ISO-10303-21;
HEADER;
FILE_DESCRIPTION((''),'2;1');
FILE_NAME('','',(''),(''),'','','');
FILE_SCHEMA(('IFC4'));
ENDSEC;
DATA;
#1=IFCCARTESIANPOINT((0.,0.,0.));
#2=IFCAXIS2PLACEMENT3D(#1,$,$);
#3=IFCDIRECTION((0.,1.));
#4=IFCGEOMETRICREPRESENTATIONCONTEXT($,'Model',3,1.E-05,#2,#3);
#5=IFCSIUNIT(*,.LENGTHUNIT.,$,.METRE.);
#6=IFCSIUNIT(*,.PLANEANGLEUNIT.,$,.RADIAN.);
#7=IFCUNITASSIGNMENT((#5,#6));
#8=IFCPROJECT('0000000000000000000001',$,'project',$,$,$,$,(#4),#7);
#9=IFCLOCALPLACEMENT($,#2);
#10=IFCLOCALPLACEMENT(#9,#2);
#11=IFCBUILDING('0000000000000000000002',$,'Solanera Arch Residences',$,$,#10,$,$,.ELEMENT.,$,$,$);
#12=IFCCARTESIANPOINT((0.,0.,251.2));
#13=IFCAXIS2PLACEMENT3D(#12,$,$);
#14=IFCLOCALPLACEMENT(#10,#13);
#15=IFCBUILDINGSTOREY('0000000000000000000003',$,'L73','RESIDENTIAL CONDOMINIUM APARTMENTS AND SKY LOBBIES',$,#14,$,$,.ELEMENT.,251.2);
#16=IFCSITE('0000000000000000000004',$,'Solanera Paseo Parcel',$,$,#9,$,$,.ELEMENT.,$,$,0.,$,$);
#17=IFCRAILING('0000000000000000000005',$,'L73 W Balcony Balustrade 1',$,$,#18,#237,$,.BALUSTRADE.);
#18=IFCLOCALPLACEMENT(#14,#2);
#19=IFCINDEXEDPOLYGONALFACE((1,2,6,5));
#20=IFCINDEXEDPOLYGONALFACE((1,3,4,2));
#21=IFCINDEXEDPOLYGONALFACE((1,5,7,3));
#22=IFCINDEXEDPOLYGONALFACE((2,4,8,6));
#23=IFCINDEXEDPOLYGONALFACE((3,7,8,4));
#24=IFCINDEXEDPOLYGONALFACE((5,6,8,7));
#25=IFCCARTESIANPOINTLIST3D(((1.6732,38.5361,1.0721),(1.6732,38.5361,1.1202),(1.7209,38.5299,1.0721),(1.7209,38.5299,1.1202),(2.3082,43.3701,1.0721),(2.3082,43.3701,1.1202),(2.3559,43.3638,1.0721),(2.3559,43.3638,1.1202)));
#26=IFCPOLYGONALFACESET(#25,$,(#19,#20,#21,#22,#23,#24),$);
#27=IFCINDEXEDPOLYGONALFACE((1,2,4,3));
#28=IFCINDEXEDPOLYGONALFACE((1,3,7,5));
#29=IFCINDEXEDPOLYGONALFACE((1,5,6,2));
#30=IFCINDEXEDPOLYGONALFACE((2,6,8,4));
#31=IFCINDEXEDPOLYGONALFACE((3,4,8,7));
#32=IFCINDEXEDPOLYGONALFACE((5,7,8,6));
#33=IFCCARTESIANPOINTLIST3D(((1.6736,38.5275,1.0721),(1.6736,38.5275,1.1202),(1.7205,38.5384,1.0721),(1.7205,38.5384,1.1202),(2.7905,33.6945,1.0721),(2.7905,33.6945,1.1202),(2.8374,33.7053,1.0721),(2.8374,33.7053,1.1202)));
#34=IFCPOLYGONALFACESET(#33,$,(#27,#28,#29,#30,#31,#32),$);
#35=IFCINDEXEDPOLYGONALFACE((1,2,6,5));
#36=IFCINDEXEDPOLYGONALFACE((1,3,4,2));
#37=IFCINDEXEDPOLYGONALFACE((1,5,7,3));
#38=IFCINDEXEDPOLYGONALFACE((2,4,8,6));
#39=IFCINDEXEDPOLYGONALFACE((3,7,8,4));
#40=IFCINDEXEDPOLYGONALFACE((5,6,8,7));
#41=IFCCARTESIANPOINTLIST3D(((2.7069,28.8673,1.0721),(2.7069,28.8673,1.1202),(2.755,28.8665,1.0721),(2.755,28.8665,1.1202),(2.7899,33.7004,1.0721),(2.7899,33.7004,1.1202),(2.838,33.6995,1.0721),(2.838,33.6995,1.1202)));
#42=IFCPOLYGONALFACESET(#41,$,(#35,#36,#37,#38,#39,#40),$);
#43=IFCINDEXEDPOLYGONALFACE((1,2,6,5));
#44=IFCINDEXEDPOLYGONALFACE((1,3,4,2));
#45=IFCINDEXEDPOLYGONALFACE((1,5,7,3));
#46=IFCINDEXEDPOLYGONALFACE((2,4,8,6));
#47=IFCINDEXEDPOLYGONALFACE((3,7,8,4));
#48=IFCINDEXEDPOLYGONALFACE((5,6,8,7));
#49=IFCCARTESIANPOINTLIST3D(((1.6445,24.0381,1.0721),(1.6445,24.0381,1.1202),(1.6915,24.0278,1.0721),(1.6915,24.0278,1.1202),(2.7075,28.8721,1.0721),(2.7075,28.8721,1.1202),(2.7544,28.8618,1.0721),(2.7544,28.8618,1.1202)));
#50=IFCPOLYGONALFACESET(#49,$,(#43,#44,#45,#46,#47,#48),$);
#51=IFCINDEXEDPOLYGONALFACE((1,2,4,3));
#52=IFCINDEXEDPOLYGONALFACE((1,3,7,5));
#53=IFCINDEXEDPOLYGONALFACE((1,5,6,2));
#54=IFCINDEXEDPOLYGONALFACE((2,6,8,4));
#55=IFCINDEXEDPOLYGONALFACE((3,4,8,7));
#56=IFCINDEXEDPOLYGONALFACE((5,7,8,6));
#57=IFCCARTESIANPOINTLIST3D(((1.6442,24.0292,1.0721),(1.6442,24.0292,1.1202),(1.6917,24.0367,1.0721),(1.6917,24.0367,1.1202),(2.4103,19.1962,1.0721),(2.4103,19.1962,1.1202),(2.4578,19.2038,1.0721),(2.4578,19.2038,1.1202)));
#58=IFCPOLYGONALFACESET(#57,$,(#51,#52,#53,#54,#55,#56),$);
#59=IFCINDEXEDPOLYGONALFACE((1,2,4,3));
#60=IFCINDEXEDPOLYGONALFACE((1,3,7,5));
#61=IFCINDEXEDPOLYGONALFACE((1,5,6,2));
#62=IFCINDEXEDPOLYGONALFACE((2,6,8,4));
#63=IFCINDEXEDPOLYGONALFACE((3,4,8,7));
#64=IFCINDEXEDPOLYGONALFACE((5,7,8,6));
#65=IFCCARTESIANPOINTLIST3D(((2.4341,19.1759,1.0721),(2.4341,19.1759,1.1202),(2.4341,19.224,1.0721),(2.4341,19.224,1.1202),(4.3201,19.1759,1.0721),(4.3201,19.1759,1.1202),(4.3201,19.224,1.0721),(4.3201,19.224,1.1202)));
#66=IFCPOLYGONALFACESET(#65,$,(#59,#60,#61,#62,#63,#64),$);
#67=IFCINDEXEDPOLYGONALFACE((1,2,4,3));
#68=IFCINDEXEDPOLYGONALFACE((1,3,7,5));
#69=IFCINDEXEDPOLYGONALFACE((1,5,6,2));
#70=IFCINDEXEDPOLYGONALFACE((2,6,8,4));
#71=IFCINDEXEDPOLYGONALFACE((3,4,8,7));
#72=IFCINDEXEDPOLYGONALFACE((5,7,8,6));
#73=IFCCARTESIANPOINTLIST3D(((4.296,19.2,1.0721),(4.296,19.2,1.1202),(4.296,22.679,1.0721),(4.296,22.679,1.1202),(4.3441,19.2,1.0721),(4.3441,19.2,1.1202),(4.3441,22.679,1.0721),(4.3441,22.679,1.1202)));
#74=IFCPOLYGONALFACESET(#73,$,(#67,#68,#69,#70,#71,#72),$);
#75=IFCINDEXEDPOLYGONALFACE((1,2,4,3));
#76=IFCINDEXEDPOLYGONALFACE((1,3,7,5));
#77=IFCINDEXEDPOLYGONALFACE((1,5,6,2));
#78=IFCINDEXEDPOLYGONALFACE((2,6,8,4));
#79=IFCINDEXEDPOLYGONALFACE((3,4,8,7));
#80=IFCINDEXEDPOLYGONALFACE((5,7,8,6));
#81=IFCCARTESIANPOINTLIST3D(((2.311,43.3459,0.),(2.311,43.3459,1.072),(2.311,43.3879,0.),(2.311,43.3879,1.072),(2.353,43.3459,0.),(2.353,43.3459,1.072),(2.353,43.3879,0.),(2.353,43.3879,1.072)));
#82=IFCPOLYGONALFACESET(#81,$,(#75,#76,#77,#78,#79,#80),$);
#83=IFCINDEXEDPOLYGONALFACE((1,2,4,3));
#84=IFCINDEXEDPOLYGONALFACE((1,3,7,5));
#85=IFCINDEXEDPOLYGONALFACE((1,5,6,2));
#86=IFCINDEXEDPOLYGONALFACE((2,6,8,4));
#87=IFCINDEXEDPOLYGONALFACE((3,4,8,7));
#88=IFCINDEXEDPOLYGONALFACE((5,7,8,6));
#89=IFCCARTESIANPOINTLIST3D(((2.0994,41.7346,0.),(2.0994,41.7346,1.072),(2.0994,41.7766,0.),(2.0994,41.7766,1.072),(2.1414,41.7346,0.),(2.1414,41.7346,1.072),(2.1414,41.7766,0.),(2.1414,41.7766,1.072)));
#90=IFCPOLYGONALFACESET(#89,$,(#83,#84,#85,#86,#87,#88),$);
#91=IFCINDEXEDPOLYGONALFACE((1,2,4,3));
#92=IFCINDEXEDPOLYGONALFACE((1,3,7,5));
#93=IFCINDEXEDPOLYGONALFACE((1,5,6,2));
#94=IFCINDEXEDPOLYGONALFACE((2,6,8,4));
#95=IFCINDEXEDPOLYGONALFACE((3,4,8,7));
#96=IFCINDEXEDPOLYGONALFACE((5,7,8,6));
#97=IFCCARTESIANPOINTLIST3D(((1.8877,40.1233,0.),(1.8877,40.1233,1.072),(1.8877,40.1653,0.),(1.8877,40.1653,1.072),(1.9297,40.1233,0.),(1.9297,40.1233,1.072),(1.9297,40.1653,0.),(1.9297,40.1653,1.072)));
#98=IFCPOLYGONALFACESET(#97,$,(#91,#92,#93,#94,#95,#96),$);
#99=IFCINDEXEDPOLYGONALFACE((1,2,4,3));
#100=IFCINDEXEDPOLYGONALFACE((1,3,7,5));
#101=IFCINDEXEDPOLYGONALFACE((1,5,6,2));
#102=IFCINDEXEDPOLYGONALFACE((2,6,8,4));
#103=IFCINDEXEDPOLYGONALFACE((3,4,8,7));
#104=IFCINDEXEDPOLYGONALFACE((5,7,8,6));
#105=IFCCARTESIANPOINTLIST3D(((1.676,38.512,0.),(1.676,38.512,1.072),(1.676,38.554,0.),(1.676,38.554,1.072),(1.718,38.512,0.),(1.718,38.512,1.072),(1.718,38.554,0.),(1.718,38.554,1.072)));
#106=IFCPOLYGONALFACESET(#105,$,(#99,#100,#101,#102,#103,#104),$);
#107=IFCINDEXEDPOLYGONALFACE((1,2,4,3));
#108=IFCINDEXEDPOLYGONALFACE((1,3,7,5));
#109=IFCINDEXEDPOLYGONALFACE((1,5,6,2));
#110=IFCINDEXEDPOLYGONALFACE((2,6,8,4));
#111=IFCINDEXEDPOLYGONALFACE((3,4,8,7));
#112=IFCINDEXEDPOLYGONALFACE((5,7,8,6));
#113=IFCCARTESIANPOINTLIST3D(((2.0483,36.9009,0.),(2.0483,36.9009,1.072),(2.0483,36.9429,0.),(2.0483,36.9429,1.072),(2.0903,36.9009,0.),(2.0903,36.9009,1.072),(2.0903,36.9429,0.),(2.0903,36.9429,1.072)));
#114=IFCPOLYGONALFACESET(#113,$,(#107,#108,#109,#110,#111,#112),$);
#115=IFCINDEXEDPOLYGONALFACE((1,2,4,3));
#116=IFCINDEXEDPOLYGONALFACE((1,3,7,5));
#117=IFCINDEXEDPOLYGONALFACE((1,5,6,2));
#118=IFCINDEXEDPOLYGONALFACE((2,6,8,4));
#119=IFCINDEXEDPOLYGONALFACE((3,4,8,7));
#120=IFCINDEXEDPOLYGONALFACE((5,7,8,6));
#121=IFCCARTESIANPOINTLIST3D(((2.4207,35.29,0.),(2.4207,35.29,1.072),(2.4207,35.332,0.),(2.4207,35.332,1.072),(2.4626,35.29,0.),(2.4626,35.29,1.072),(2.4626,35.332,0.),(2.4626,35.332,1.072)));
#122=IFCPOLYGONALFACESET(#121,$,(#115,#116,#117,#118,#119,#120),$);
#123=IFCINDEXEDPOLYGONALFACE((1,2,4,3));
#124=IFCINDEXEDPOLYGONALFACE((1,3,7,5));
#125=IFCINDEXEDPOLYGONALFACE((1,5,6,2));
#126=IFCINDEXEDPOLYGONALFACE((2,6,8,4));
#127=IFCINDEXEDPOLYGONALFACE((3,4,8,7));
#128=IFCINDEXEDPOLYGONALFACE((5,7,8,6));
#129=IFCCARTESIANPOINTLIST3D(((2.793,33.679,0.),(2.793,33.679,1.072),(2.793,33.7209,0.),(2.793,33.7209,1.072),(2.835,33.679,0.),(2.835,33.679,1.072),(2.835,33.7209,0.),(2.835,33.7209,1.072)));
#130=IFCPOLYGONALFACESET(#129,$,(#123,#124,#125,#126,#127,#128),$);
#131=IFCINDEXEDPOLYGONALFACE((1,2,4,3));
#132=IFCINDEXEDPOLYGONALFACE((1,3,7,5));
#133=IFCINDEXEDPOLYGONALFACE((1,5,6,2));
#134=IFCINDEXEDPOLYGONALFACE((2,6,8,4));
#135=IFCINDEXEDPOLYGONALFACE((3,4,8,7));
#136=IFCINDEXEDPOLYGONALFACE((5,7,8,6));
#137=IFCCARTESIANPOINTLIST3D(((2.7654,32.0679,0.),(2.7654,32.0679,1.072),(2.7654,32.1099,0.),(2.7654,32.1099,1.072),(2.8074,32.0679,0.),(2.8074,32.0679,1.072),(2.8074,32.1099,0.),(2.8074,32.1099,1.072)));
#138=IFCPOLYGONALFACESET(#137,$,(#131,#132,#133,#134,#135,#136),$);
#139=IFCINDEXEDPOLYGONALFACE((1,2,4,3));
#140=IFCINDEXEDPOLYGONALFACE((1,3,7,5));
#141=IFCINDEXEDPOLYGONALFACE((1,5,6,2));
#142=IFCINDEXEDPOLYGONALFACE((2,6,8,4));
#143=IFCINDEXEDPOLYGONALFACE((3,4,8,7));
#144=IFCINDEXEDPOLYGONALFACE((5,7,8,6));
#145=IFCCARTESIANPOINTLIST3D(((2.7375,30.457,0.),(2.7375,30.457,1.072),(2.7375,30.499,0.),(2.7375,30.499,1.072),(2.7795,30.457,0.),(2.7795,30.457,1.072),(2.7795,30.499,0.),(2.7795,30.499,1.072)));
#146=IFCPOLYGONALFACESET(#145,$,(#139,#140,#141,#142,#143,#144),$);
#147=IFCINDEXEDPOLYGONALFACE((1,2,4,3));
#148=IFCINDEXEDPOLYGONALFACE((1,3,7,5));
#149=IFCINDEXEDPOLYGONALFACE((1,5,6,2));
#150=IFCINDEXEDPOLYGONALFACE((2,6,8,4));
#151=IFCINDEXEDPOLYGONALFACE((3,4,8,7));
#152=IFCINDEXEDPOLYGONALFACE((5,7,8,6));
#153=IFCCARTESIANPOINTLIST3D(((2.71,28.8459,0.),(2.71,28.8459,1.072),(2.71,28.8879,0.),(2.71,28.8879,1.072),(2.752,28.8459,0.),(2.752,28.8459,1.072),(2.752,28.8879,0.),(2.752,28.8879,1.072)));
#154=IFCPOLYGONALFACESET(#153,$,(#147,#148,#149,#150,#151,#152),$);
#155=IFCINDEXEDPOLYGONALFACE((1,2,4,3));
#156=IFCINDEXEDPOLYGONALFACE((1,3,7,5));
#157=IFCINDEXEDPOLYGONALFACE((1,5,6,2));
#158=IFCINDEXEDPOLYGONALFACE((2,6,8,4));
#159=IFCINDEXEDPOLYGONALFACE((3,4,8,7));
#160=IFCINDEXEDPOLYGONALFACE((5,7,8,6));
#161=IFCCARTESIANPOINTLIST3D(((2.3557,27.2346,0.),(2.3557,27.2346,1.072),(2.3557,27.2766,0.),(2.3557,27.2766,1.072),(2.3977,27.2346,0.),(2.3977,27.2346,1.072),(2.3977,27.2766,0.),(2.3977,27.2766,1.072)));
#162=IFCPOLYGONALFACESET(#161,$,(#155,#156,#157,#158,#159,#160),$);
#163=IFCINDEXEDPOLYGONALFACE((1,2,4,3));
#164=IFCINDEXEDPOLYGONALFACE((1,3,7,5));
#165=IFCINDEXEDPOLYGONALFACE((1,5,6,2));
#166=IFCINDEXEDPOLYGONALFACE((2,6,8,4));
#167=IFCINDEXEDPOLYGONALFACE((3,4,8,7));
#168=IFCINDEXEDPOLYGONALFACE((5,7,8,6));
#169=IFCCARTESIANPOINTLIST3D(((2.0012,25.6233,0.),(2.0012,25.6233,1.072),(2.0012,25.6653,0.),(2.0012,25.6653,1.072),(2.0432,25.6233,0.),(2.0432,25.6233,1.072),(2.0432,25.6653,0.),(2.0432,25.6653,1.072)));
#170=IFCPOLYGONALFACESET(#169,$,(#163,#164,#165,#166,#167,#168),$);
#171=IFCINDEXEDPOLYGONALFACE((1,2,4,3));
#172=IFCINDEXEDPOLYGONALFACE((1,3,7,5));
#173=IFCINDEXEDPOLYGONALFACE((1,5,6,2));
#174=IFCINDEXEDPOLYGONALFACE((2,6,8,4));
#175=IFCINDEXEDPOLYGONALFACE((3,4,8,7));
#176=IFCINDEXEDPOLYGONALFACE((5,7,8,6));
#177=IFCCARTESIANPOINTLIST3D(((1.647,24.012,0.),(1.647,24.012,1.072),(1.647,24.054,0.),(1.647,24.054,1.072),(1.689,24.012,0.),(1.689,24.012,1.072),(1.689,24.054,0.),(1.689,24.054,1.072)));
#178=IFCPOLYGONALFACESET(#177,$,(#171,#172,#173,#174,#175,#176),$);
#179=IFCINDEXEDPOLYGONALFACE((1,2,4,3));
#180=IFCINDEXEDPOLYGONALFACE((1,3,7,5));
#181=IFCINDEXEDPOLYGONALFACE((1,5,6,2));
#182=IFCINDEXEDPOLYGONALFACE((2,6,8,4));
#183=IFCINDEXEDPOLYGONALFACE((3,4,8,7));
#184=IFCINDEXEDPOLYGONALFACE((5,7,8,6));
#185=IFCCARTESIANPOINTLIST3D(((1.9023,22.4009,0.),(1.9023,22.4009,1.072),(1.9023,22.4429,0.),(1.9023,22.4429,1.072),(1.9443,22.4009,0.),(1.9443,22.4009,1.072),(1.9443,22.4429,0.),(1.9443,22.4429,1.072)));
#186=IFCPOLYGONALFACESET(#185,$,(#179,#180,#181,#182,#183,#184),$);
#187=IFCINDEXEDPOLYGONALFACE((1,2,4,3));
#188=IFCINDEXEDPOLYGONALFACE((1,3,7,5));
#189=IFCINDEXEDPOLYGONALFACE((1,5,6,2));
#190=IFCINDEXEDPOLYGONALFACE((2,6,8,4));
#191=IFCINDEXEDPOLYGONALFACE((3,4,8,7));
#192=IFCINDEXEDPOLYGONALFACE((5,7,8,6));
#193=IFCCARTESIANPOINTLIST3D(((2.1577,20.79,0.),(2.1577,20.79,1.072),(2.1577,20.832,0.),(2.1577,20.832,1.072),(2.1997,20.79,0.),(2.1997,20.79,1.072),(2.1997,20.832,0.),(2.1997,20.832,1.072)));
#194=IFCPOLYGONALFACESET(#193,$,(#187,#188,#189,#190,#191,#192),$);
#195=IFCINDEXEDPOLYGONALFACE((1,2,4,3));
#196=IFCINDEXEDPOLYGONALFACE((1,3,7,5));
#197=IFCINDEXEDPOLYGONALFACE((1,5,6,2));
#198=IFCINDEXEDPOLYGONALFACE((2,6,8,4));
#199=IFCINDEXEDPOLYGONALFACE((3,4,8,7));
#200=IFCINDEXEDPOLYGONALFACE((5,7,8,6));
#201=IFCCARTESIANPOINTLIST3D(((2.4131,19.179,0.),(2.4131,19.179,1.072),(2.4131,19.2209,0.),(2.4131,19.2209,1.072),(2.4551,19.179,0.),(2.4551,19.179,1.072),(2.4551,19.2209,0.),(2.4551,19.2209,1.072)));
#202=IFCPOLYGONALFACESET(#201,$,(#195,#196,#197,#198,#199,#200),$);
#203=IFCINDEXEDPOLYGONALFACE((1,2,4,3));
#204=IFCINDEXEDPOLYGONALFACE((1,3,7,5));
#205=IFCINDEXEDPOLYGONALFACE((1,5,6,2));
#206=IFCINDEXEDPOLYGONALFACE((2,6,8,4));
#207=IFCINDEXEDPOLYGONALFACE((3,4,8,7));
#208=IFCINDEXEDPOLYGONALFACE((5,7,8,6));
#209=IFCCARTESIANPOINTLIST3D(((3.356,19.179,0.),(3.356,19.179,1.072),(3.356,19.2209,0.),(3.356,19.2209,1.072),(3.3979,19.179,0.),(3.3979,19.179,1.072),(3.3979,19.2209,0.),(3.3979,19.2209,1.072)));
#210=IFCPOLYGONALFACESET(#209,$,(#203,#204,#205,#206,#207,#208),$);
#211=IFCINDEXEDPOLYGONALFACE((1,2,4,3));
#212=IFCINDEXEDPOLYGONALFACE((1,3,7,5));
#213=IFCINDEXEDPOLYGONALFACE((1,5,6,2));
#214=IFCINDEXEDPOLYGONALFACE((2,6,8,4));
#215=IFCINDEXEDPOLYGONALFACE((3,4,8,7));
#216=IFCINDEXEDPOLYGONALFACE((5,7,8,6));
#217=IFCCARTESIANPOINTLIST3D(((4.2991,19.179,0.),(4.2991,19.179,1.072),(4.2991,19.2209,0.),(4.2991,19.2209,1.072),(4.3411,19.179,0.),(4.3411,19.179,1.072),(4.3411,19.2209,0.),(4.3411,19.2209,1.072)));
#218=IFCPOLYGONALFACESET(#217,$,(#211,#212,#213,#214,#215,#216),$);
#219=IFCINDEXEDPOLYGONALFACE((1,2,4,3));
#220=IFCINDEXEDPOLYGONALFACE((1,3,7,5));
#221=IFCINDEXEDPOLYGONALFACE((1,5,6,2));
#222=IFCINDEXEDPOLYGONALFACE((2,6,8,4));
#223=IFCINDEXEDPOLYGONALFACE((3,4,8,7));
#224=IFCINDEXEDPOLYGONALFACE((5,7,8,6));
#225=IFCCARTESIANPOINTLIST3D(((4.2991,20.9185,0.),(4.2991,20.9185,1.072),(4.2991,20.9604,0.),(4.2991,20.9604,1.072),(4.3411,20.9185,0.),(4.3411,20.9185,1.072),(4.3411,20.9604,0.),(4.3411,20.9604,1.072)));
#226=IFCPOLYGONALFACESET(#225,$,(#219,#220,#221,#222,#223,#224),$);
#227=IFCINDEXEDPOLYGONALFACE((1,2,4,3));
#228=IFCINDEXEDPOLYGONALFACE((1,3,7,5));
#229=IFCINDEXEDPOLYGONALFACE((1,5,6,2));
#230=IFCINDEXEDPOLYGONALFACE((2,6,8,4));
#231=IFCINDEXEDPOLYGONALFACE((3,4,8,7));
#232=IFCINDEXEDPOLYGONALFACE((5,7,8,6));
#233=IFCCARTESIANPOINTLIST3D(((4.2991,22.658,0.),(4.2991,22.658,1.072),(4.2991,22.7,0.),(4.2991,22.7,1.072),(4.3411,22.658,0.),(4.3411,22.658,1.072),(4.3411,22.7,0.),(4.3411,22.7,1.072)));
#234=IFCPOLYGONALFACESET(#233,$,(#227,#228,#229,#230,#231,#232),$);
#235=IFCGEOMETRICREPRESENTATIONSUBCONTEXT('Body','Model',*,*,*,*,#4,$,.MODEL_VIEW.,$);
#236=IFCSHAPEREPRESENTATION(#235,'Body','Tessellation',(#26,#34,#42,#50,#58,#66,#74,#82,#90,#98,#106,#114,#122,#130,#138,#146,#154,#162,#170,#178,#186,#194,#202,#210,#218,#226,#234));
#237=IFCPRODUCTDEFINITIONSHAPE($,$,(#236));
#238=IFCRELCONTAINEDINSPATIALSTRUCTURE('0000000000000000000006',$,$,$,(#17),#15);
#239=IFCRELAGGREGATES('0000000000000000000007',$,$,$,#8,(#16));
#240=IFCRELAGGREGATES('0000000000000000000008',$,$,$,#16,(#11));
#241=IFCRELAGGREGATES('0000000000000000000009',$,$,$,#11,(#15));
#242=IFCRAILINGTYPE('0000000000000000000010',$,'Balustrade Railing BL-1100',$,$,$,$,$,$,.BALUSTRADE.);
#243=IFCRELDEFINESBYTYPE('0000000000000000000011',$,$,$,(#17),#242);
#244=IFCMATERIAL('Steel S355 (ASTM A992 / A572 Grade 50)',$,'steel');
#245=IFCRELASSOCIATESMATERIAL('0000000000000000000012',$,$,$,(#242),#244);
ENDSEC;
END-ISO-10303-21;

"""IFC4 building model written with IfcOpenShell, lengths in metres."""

from ifc_helpers import new_model, si_unit, direction, frame, origin, origin_2d, place, context, subcontext, project, spatial, rectangle, extrude, material, type_object, element, save


model = new_model("IFC4")

# Units and contexts
model_context = context("Model", 3, precision=1e-05, world=origin(), true_north=direction((0.0, 1.0)))
body_context = subcontext(model_context, "Body", "Model", "MODEL_VIEW")
ifc_project = project(units=[si_unit("LENGTHUNIT", "METRE"), si_unit("PLANEANGLEUNIT", "RADIAN")], contexts=[model_context])

# Site, building, storey
site_placement = place(None, origin())
site = spatial("IfcSite", under=ifc_project, at=site_placement, Name="Solanera Paseo Parcel", CompositionType="ELEMENT", RefElevation=0.0)
building_placement = place(site_placement, origin())
building = spatial("IfcBuilding", under=site, at=building_placement, Name="Solanera Arch Residences", CompositionType="ELEMENT")
storey_placement = place(building_placement, frame((0.0, 0.0, 251.2)))
storey = spatial("IfcBuildingStorey", under=building, at=storey_placement, Name="L73", Description="RESIDENTIAL CONDOMINIUM APARTMENTS AND SKY LOBBIES", CompositionType="ELEMENT", Elevation=251.2)

# Railing
ifc_material_1 = material(Name="Steel S355 (ASTM A992 / A572 Grade 50)", Category="steel")
railing_type = type_object("IfcRailingType", Name="Balustrade Railing BL-1100", PredefinedType="BALUSTRADE", material=ifc_material_1)
railing_1_placement = place(storey_placement, frame((2.332, 43.3669, 0.0)))
element("IfcRailing", 1, at=railing_1_placement, inside=storey, type_object=railing_type, Name="L73 W Balcony Balustrade 1", PredefinedType="BALUSTRADE", context=body_context, shape_type="SweptSolid", body=[
    extrude(rectangle(XDim=0.0481, YDim=0.0481, at=origin_2d()), frame((0.0, 0.0, 1.0962), z_axis=(-0.130245, -0.991482, 0.0), x_axis=(0.991482, -0.130245, 0.0)), (0.0, 0.0, 1.0), 4.8755),
    extrude(rectangle(XDim=0.0481, YDim=0.0481, at=origin_2d()), frame((-0.635, -4.834, 1.0962), z_axis=(0.225172, -0.974319, 0.0), x_axis=(0.974319, 0.225172, 0.0)), (0.0, 0.0, 1.0), 4.9604),
    extrude(rectangle(XDim=0.0481, YDim=0.0481, at=origin_2d()), frame((0.4819, -9.667, 1.0962), z_axis=(-0.017173, -0.999853, 0.0), x_axis=(0.999853, -0.017173, 0.0)), (0.0, 0.0, 1.0), 4.8337),
    extrude(rectangle(XDim=0.0481, YDim=0.0481, at=origin_2d()), frame((0.3989, -14.5, 1.0962), z_axis=(-0.214768, -0.976665, 0.0), x_axis=(0.976665, -0.214768, 0.0)), (0.0, 0.0, 1.0), 4.9495),
    extrude(rectangle(XDim=0.0481, YDim=0.0481, at=origin_2d()), frame((-0.6641, -19.334, 1.0962), z_axis=(0.156562, -0.987668, 0.0), x_axis=(0.987668, 0.156562, 0.0)), (0.0, 0.0, 1.0), 4.8933),
    extrude(rectangle(XDim=0.0481, YDim=0.0481, at=origin_2d()), frame((0.1021, -24.167, 1.0962), z_axis=(1.0, 0.0, 0.0), x_axis=(0.0, 1.0, 0.0)), (0.0, 0.0, 1.0), 1.886),
    extrude(rectangle(XDim=0.0481, YDim=0.0481, at=origin_2d()), frame((1.988, -24.167, 1.0962), z_axis=(0.0, 1.0, 0.0), x_axis=(-1.0, 0.0, 0.0)), (0.0, 0.0, 1.0), 3.479),
    extrude(rectangle(XDim=0.042, YDim=0.042, at=origin_2d()), origin(), (0.0, 0.0, 1.0), 1.072),
    extrude(rectangle(XDim=0.042, YDim=0.042, at=origin_2d()), frame((-0.2117, -1.6113, 0.0)), (0.0, 0.0, 1.0), 1.072),
    extrude(rectangle(XDim=0.042, YDim=0.042, at=origin_2d()), frame((-0.4233, -3.2227, 0.0)), (0.0, 0.0, 1.0), 1.072),
    extrude(rectangle(XDim=0.042, YDim=0.042, at=origin_2d()), frame((-0.635, -4.834, 0.0)), (0.0, 0.0, 1.0), 1.072),
    extrude(rectangle(XDim=0.042, YDim=0.042, at=origin_2d()), frame((-0.2627, -6.4451, 0.0)), (0.0, 0.0, 1.0), 1.072),
    extrude(rectangle(XDim=0.042, YDim=0.042, at=origin_2d()), frame((0.1096, -8.0559, 0.0)), (0.0, 0.0, 1.0), 1.072),
    extrude(rectangle(XDim=0.042, YDim=0.042, at=origin_2d()), frame((0.4819, -9.667, 0.0)), (0.0, 0.0, 1.0), 1.072),
    extrude(rectangle(XDim=0.042, YDim=0.042, at=origin_2d()), frame((0.4543, -11.2781, 0.0)), (0.0, 0.0, 1.0), 1.072),
    extrude(rectangle(XDim=0.042, YDim=0.042, at=origin_2d()), frame((0.4265, -12.8889, 0.0)), (0.0, 0.0, 1.0), 1.072),
    extrude(rectangle(XDim=0.042, YDim=0.042, at=origin_2d()), frame((0.3989, -14.5, 0.0)), (0.0, 0.0, 1.0), 1.072),
    extrude(rectangle(XDim=0.042, YDim=0.042, at=origin_2d()), frame((0.0447, -16.1113, 0.0)), (0.0, 0.0, 1.0), 1.072),
    extrude(rectangle(XDim=0.042, YDim=0.042, at=origin_2d()), frame((-0.3098, -17.7227, 0.0)), (0.0, 0.0, 1.0), 1.072),
    extrude(rectangle(XDim=0.042, YDim=0.042, at=origin_2d()), frame((-0.6641, -19.334, 0.0)), (0.0, 0.0, 1.0), 1.072),
    extrude(rectangle(XDim=0.042, YDim=0.042, at=origin_2d()), frame((-0.4087, -20.9451, 0.0)), (0.0, 0.0, 1.0), 1.072),
    extrude(rectangle(XDim=0.042, YDim=0.042, at=origin_2d()), frame((-0.1533, -22.5559, 0.0)), (0.0, 0.0, 1.0), 1.072),
    extrude(rectangle(XDim=0.042, YDim=0.042, at=origin_2d()), frame((0.1021, -24.167, 0.0)), (0.0, 0.0, 1.0), 1.072),
    extrude(rectangle(XDim=0.042, YDim=0.042, at=origin_2d()), frame((1.0449, -24.167, 0.0)), (0.0, 0.0, 1.0), 1.072),
    extrude(rectangle(XDim=0.042, YDim=0.042, at=origin_2d()), frame((1.988, -24.167, 0.0)), (0.0, 0.0, 1.0), 1.072),
    extrude(rectangle(XDim=0.042, YDim=0.042, at=origin_2d()), frame((1.988, -22.4275, 0.0)), (0.0, 0.0, 1.0), 1.072),
    extrude(rectangle(XDim=0.042, YDim=0.042, at=origin_2d()), frame((1.988, -20.688, 0.0)), (0.0, 0.0, 1.0), 1.072),
])

save(model, "model.ifc")
